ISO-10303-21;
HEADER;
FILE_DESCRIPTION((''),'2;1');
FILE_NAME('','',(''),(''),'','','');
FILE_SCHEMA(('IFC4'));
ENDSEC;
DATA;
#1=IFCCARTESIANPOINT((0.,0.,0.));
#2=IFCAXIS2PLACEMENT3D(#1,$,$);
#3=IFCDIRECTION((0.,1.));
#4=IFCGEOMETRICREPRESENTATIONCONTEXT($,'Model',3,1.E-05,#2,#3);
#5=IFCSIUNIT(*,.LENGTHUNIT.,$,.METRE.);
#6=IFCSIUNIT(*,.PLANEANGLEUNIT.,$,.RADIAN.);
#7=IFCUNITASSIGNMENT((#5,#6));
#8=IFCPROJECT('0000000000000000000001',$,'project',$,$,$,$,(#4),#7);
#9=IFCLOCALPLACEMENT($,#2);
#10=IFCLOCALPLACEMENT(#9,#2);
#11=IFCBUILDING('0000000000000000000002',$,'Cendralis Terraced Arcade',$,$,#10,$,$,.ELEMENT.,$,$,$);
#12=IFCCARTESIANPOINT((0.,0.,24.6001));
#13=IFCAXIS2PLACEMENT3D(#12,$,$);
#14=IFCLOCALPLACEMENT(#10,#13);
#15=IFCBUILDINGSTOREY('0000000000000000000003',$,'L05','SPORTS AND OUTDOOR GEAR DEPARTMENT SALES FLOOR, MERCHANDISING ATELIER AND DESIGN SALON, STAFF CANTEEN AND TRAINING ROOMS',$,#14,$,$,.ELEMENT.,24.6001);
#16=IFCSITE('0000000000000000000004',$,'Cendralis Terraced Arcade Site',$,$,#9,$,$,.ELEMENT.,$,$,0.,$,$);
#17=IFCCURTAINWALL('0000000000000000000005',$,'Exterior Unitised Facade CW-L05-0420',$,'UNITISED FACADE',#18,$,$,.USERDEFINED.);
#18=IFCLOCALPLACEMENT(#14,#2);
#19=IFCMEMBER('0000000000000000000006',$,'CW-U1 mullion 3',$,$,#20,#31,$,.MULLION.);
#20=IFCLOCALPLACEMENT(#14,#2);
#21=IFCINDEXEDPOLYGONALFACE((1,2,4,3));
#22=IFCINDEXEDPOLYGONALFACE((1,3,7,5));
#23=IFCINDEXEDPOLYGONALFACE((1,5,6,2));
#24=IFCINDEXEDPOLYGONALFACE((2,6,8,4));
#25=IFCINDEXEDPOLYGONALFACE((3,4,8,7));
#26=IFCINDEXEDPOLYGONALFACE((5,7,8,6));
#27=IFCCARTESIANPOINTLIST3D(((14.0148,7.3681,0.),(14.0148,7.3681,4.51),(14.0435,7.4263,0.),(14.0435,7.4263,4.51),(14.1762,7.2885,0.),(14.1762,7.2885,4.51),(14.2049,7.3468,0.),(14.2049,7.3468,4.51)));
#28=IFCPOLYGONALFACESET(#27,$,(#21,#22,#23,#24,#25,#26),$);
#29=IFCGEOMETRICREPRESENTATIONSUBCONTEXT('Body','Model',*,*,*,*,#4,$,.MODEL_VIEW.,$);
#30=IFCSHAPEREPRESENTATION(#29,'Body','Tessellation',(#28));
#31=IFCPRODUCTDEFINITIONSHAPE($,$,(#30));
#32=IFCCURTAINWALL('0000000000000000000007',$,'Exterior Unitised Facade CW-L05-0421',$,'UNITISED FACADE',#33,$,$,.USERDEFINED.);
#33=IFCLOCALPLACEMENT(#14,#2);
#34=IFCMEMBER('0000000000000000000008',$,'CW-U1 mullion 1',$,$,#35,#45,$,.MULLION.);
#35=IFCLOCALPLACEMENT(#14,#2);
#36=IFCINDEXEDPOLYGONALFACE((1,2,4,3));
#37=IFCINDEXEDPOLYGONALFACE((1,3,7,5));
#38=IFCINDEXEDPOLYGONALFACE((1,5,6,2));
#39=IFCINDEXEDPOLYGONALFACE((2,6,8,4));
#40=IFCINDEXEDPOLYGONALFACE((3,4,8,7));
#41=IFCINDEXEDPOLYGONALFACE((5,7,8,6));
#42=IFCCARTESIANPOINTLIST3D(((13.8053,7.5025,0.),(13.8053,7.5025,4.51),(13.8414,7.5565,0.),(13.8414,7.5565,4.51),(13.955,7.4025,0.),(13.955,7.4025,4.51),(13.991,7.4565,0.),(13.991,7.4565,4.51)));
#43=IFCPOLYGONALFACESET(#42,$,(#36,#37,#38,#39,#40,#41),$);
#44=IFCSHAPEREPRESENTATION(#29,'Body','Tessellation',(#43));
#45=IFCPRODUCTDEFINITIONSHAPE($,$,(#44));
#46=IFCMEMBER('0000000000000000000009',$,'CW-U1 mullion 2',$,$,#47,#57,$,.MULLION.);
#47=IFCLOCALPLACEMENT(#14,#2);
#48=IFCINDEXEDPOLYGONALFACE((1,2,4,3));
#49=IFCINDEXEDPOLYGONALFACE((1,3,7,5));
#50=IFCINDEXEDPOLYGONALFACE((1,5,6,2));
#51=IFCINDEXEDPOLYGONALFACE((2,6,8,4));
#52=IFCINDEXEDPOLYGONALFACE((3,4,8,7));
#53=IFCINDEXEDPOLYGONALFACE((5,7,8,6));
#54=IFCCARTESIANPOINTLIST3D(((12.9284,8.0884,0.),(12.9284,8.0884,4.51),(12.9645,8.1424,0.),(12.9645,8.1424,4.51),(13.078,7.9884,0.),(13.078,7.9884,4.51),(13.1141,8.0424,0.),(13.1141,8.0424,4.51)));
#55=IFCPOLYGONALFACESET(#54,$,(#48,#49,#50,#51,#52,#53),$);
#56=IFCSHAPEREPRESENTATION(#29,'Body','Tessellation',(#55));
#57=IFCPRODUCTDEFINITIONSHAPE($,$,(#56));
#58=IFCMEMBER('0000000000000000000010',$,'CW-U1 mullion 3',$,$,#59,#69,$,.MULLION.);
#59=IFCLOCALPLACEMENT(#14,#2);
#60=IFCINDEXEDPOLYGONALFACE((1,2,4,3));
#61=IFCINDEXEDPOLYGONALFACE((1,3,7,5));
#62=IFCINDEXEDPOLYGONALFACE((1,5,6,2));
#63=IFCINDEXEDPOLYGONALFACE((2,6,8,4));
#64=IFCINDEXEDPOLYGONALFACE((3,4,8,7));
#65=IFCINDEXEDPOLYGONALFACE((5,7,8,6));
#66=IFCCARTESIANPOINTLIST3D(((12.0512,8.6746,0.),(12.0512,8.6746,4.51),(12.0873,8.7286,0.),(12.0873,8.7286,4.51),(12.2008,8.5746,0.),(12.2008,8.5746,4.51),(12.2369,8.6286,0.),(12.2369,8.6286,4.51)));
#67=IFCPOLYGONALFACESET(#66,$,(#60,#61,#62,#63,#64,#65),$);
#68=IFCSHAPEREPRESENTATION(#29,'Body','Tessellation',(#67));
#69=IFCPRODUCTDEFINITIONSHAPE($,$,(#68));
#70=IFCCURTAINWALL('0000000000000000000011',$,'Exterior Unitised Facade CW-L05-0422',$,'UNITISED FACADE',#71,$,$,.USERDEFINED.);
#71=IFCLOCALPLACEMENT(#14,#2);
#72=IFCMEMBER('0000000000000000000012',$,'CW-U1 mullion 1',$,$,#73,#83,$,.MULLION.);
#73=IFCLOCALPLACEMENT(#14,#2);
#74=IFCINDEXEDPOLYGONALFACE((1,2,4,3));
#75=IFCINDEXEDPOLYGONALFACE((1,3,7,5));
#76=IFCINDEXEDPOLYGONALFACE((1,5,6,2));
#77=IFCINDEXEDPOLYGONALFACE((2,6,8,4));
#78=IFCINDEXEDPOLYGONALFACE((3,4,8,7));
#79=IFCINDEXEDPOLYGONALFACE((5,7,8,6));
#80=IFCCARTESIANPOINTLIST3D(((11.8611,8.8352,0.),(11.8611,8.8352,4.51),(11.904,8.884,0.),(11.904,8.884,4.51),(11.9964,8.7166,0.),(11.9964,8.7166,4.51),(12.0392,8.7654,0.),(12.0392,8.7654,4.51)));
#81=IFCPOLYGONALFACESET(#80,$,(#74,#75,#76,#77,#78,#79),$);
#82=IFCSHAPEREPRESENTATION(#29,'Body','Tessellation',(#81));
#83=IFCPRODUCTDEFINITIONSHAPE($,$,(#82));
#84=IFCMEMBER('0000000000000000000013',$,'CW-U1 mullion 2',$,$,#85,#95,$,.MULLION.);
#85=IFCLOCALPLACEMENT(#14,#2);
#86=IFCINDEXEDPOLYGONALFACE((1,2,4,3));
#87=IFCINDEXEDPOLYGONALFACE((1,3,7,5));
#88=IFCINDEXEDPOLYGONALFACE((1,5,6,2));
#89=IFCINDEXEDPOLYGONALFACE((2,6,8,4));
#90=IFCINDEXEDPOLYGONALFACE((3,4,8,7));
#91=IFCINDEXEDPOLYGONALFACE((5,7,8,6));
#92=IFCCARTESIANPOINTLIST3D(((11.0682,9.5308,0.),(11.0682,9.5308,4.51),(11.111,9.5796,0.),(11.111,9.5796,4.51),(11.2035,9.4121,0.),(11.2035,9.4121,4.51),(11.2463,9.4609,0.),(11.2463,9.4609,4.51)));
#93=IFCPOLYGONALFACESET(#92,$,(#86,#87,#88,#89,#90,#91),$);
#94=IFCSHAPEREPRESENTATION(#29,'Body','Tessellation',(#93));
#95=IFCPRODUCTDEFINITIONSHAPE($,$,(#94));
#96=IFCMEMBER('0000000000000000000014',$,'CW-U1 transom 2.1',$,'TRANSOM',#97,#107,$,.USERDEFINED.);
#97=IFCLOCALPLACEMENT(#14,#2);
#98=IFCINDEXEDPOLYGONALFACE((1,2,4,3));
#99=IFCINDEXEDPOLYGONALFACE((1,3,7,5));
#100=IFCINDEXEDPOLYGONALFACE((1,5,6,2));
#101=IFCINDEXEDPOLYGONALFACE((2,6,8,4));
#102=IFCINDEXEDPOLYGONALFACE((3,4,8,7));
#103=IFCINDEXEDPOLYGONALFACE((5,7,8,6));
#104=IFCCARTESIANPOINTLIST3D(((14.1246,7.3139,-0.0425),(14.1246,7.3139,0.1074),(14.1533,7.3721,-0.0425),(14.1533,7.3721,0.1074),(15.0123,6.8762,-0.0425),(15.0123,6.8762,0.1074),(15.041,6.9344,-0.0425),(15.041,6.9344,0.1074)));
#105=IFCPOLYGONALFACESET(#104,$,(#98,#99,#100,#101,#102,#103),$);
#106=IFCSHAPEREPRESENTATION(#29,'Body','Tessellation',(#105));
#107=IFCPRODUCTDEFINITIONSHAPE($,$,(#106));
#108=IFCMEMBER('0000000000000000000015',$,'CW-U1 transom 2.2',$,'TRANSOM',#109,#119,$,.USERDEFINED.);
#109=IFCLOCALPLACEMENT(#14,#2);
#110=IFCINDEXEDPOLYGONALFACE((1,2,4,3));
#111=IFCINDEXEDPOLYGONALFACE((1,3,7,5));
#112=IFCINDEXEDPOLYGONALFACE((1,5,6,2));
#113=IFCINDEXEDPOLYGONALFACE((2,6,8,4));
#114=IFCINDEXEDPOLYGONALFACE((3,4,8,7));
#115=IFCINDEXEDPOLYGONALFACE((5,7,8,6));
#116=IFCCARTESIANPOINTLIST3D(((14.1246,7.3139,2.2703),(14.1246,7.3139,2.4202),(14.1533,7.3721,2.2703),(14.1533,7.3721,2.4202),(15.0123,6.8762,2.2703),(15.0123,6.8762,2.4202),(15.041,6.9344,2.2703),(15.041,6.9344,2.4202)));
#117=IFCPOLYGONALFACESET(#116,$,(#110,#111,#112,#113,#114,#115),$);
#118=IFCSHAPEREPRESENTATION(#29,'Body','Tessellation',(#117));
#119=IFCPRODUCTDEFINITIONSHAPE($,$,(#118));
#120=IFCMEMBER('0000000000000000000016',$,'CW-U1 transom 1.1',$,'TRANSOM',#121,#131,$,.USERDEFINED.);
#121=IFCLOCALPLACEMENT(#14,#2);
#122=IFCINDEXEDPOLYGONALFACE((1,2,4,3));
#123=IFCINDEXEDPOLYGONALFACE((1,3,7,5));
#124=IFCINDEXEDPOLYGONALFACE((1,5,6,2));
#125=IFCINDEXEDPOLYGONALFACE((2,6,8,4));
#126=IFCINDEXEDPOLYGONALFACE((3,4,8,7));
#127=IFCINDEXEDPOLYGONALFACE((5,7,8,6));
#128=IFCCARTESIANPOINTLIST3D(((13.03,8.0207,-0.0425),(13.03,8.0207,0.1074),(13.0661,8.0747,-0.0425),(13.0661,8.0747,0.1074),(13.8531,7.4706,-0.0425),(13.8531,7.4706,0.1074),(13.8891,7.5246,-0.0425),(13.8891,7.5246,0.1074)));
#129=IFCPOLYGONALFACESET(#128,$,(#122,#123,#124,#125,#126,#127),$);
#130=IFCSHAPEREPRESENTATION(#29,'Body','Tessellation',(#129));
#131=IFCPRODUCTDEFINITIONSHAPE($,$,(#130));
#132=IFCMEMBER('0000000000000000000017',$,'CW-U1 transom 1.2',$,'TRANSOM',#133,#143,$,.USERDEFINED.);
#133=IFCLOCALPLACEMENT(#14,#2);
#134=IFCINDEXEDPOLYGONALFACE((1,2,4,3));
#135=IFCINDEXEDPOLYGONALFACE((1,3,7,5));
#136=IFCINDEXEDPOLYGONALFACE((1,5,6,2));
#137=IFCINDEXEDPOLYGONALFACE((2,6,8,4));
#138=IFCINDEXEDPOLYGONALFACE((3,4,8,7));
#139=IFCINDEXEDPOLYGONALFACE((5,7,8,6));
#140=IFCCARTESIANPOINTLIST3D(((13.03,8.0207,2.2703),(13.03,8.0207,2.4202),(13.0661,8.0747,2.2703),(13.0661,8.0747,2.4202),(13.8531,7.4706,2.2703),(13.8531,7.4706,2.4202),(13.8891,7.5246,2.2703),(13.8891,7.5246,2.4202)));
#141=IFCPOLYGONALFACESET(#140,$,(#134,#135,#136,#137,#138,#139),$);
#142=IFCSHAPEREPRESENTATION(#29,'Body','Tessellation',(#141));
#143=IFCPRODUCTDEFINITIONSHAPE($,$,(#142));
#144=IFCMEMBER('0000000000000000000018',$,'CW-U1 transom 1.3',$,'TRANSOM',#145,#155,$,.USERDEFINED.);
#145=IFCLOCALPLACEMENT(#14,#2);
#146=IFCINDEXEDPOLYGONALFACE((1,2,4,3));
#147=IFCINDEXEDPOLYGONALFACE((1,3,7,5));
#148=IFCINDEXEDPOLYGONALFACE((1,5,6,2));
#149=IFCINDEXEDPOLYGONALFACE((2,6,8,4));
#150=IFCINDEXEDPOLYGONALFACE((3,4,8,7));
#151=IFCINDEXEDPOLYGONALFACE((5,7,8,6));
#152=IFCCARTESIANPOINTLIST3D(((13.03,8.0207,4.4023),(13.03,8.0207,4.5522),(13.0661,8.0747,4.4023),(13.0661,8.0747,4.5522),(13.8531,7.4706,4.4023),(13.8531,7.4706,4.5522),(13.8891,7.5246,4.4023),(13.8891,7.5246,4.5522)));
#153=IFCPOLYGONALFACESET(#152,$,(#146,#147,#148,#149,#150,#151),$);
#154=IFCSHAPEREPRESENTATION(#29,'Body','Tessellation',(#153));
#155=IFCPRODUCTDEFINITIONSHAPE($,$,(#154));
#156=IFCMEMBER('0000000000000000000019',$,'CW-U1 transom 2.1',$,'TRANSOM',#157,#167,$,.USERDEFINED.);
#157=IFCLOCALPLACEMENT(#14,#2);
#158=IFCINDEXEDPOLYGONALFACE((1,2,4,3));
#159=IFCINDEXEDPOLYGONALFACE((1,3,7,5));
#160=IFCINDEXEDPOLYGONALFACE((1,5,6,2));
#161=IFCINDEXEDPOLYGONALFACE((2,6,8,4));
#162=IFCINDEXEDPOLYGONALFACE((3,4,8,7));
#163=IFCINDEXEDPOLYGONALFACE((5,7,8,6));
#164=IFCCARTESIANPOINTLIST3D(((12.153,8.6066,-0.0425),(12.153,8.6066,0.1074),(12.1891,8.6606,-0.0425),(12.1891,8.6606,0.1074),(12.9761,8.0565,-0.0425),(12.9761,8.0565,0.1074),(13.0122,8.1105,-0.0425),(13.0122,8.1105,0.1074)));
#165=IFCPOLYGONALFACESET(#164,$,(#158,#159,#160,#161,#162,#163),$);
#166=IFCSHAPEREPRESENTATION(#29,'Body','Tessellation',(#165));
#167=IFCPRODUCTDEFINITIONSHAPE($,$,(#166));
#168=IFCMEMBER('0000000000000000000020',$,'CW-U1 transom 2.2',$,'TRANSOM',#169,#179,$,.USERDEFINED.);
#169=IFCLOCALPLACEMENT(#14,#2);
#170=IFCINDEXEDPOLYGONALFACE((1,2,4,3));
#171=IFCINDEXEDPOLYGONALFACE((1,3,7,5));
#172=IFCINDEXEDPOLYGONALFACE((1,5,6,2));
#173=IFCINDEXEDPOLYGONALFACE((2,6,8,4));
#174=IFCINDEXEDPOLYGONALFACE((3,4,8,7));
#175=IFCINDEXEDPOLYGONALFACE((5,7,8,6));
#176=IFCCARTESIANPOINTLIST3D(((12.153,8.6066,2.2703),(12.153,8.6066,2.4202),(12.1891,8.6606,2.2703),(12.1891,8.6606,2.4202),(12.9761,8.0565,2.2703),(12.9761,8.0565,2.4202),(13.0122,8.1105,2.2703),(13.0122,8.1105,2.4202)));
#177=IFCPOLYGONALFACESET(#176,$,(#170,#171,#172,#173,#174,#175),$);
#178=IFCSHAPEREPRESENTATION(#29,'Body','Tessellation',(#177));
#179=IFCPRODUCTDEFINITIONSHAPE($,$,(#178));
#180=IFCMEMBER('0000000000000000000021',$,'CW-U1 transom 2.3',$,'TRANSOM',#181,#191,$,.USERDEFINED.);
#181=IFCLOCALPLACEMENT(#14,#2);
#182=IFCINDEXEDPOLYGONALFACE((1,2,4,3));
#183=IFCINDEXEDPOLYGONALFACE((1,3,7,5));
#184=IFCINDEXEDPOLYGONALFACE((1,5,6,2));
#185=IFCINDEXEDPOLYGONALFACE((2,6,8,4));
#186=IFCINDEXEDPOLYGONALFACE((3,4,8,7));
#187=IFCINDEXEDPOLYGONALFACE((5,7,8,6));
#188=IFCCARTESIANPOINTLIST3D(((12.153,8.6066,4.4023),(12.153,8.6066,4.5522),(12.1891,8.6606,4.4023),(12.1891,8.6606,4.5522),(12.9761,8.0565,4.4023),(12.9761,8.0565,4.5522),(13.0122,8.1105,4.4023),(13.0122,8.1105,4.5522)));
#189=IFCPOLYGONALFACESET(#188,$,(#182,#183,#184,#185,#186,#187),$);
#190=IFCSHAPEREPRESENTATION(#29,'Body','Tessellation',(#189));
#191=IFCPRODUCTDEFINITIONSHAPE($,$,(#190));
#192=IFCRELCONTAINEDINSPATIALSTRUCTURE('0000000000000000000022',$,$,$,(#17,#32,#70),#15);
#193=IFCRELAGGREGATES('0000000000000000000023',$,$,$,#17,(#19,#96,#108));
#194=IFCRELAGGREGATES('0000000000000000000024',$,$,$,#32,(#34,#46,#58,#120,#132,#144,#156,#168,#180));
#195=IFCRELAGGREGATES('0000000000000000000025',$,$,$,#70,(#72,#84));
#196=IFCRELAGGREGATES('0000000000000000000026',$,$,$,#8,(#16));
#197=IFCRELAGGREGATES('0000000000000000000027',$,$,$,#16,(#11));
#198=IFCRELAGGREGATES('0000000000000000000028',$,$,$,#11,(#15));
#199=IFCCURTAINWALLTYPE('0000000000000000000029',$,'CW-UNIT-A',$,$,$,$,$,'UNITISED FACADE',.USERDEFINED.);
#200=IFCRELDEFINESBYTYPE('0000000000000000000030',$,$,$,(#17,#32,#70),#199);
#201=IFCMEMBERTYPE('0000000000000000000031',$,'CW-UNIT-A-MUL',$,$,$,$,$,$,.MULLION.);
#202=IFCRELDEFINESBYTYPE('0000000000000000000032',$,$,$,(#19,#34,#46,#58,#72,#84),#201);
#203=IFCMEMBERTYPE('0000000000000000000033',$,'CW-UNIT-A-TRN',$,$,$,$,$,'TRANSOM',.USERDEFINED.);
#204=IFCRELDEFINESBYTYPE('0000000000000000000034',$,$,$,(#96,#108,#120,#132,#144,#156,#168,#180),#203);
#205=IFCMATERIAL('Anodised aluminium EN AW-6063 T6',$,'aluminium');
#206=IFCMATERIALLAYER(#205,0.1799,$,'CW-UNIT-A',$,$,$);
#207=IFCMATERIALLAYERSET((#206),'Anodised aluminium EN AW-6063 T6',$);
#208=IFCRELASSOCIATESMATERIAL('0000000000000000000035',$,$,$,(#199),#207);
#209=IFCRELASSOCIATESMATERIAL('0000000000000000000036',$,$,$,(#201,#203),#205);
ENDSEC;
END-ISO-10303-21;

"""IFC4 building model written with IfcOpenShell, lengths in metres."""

from ifc_helpers import new_model, si_unit, direction, frame, origin, origin_2d, place, context, subcontext, project, spatial, rectangle, extrude, material, layer, layer_set, material_profile, profile_set, type_object, element, aggregate, save


model = new_model("IFC4")

# Units and contexts
model_context = context("Model", 3, precision=1e-05, world=origin(), true_north=direction((0.0, 1.0)))
body_context = subcontext(model_context, "Body", "Model", "MODEL_VIEW")
ifc_project = project(units=[si_unit("LENGTHUNIT", "METRE"), si_unit("PLANEANGLEUNIT", "RADIAN")], contexts=[model_context])

# Site, building, storey
site_placement = place(None, origin())
site = spatial("IfcSite", under=ifc_project, at=site_placement, Name="Cendralis Terraced Arcade Site", CompositionType="ELEMENT", RefElevation=0.0)
building_placement = place(site_placement, origin())
building = spatial("IfcBuilding", under=site, at=building_placement, Name="Cendralis Terraced Arcade", CompositionType="ELEMENT")
storey_placement = place(building_placement, frame((0.0, 0.0, 24.6001)))
storey = spatial("IfcBuildingStorey", under=building, at=storey_placement, Name="L05", Description="SPORTS AND OUTDOOR GEAR DEPARTMENT SALES FLOOR, MERCHANDISING ATELIER AND DESIGN SALON, STAFF CANTEEN AND TRAINING ROOMS", CompositionType="ELEMENT", Elevation=24.6001)

# Curtain wall, member
ifc_material_1 = material(Name="Anodised aluminium EN AW-6063 T6", Category="aluminium")
ifc_layer_1 = layer(ifc_material_1, 0.1799, Name="CW-UNIT-A")
ifc_layer_set_1 = layer_set([ifc_layer_1], Name="Anodised aluminium EN AW-6063 T6")
curtain_wall_type = type_object("IfcCurtainWallType", Name="CW-UNIT-A", ElementType="UNITISED FACADE", PredefinedType="USERDEFINED", material=ifc_layer_set_1)
curtain_wall_1_placement = place(storey_placement, origin())
curtain_wall_1 = element("IfcCurtainWall", 1, at=curtain_wall_1_placement, inside=storey, type_object=curtain_wall_type, Name="Exterior Unitised Facade CW-L05-0420", ObjectType="UNITISED FACADE", PredefinedType="USERDEFINED")
ifc_material_profile_1 = material_profile(ifc_material_1, rectangle(XDim=0.0649, YDim=0.1799, at=origin_2d()), Name="ALU-MUL-65x180")
ifc_profile_set_1 = profile_set([ifc_material_profile_1], Name="Anodised aluminium EN AW-6063 T6")
member_type_1 = type_object("IfcMemberType", Name="CW-UNIT-A-MUL", PredefinedType="MULLION", material=ifc_profile_set_1)
member_1_placement = place(storey_placement, frame((14.1099, 7.3574, 0.0), z_axis=(0.0, 0.0, 1.0), x_axis=(-0.442259, -0.896888, 0.0)))
member_1 = element("IfcMember", 2, at=member_1_placement, type_object=member_type_1, Name="CW-U1 mullion 3", PredefinedType="MULLION", context=body_context, shape_type="SweptSolid", body=[
    extrude(rectangle(XDim=0.0649, YDim=0.1799, at=origin_2d()), origin(), (0.0, 0.0, 1.0), 4.51),
])

# Curtain walls, members
curtain_wall_2_placement = place(storey_placement, origin())
curtain_wall_2 = element("IfcCurtainWall", 3, at=curtain_wall_2_placement, inside=storey, type_object=curtain_wall_type, Name="Exterior Unitised Facade CW-L05-0421", ObjectType="UNITISED FACADE", PredefinedType="USERDEFINED")
member_2_placement = place(storey_placement, frame((13.8982, 7.4795, 0.0), z_axis=(0.0, 0.0, 1.0), x_axis=(-0.555559, -0.831477, 0.0)))
member_2 = element("IfcMember", 4, at=member_2_placement, type_object=member_type_1, Name="CW-U1 mullion 1", PredefinedType="MULLION", context=body_context, shape_type="SweptSolid", body=[
    extrude(rectangle(XDim=0.0649, YDim=0.1799, at=origin_2d()), origin(), (0.0, 0.0, 1.0), 4.51),
])
member_3_placement = place(storey_placement, frame((13.0212, 8.0654, 0.0), z_axis=(0.0, 0.0, 1.0), x_axis=(-0.555559, -0.831477, 0.0)))
member_3 = element("IfcMember", 5, at=member_3_placement, type_object=member_type_1, Name="CW-U1 mullion 2", PredefinedType="MULLION", context=body_context, shape_type="SweptSolid", body=[
    extrude(rectangle(XDim=0.0649, YDim=0.1799, at=origin_2d()), origin(), (0.0, 0.0, 1.0), 4.51),
])
member_4_placement = place(storey_placement, frame((12.144, 8.6516, 0.0), z_axis=(0.0, 0.0, 1.0), x_axis=(-0.555559, -0.831477, 0.0)))
member_4 = element("IfcMember", 6, at=member_4_placement, type_object=member_type_1, Name="CW-U1 mullion 3", PredefinedType="MULLION", context=body_context, shape_type="SweptSolid", body=[
    extrude(rectangle(XDim=0.0649, YDim=0.1799, at=origin_2d()), origin(), (0.0, 0.0, 1.0), 4.51),
])
curtain_wall_3_placement = place(storey_placement, origin())
curtain_wall_3 = element("IfcCurtainWall", 7, at=curtain_wall_3_placement, inside=storey, type_object=curtain_wall_type, Name="Exterior Unitised Facade CW-L05-0422", ObjectType="UNITISED FACADE", PredefinedType="USERDEFINED")
member_5_placement = place(storey_placement, frame((11.9502, 8.8003, 0.0), z_axis=(0.0, 0.0, 1.0), x_axis=(-0.659403, -0.75179, 0.0)))
member_5 = element("IfcMember", 8, at=member_5_placement, type_object=member_type_1, Name="CW-U1 mullion 1", PredefinedType="MULLION", context=body_context, shape_type="SweptSolid", body=[
    extrude(rectangle(XDim=0.0649, YDim=0.1799, at=origin_2d()), origin(), (0.0, 0.0, 1.0), 4.51),
])
member_6_placement = place(storey_placement, frame((11.1572, 9.4958, 0.0), z_axis=(0.0, 0.0, 1.0), x_axis=(-0.659403, -0.75179, 0.0)))
member_6 = element("IfcMember", 9, at=member_6_placement, type_object=member_type_1, Name="CW-U1 mullion 2", PredefinedType="MULLION", context=body_context, shape_type="SweptSolid", body=[
    extrude(rectangle(XDim=0.0649, YDim=0.1799, at=origin_2d()), origin(), (0.0, 0.0, 1.0), 4.51),
])

# Members
ifc_material_profile_2 = material_profile(ifc_material_1, rectangle(XDim=0.0649, YDim=0.1499, at=origin_2d()), Name="ALU-TRN-65x150")
ifc_profile_set_2 = profile_set([ifc_material_profile_2], Name="Anodised aluminium EN AW-6063 T6")
member_type_2 = type_object("IfcMemberType", Name="CW-UNIT-A-TRN", ElementType="TRANSOM", PredefinedType="USERDEFINED", material=ifc_profile_set_2)
member_7_placement = place(storey_placement, frame((15.0266, 6.9053, 0.0325), z_axis=(-0.89688, 0.442273, 0.0), x_axis=(-0.442273, -0.89688, 0.0)))
member_7 = element("IfcMember", 10, at=member_7_placement, type_object=member_type_2, Name="CW-U1 transom 2.1", ObjectType="TRANSOM", PredefinedType="USERDEFINED", context=body_context, shape_type="SweptSolid", body=[
    extrude(rectangle(XDim=0.0649, YDim=0.1499, at=origin_2d()), origin(), (0.0, 0.0, 1.0), 0.9897),
])
member_8_placement = place(storey_placement, frame((15.0266, 6.9053, 2.3452), z_axis=(-0.89688, 0.442273, 0.0), x_axis=(-0.442273, -0.89688, 0.0)))
member_8 = element("IfcMember", 11, at=member_8_placement, type_object=member_type_2, Name="CW-U1 transom 2.2", ObjectType="TRANSOM", PredefinedType="USERDEFINED", context=body_context, shape_type="SweptSolid", body=[
    extrude(rectangle(XDim=0.0649, YDim=0.1499, at=origin_2d()), origin(), (0.0, 0.0, 1.0), 0.9897),
])
member_9_placement = place(storey_placement, frame((13.8711, 7.4976, 0.0325), z_axis=(-0.831405, 0.555667, 0.0), x_axis=(-0.555667, -0.831405, 0.0)))
member_9 = element("IfcMember", 12, at=member_9_placement, type_object=member_type_2, Name="CW-U1 transom 1.1", ObjectType="TRANSOM", PredefinedType="USERDEFINED", context=body_context, shape_type="SweptSolid", body=[
    extrude(rectangle(XDim=0.0649, YDim=0.1499, at=origin_2d()), origin(), (0.0, 0.0, 1.0), 0.99),
])
member_10_placement = place(storey_placement, frame((13.8711, 7.4976, 2.3452), z_axis=(-0.831405, 0.555667, 0.0), x_axis=(-0.555667, -0.831405, 0.0)))
member_10 = element("IfcMember", 13, at=member_10_placement, type_object=member_type_2, Name="CW-U1 transom 1.2", ObjectType="TRANSOM", PredefinedType="USERDEFINED", context=body_context, shape_type="SweptSolid", body=[
    extrude(rectangle(XDim=0.0649, YDim=0.1499, at=origin_2d()), origin(), (0.0, 0.0, 1.0), 0.99),
])
member_11_placement = place(storey_placement, frame((13.8711, 7.4976, 4.4773), z_axis=(-0.831405, 0.555667, 0.0), x_axis=(-0.555667, -0.831405, 0.0)))
member_11 = element("IfcMember", 14, at=member_11_placement, type_object=member_type_2, Name="CW-U1 transom 1.3", ObjectType="TRANSOM", PredefinedType="USERDEFINED", context=body_context, shape_type="SweptSolid", body=[
    extrude(rectangle(XDim=0.0649, YDim=0.1499, at=origin_2d()), origin(), (0.0, 0.0, 1.0), 0.99),
])
member_12_placement = place(storey_placement, frame((12.9941, 8.0835, 0.0325), z_axis=(-0.831405, 0.555667, 0.0), x_axis=(-0.555667, -0.831405, 0.0)))
member_12 = element("IfcMember", 15, at=member_12_placement, type_object=member_type_2, Name="CW-U1 transom 2.1", ObjectType="TRANSOM", PredefinedType="USERDEFINED", context=body_context, shape_type="SweptSolid", body=[
    extrude(rectangle(XDim=0.0649, YDim=0.1499, at=origin_2d()), origin(), (0.0, 0.0, 1.0), 0.99),
])
member_13_placement = place(storey_placement, frame((12.9941, 8.0835, 2.3452), z_axis=(-0.831405, 0.555667, 0.0), x_axis=(-0.555667, -0.831405, 0.0)))
member_13 = element("IfcMember", 16, at=member_13_placement, type_object=member_type_2, Name="CW-U1 transom 2.2", ObjectType="TRANSOM", PredefinedType="USERDEFINED", context=body_context, shape_type="SweptSolid", body=[
    extrude(rectangle(XDim=0.0649, YDim=0.1499, at=origin_2d()), origin(), (0.0, 0.0, 1.0), 0.99),
])
member_14_placement = place(storey_placement, frame((12.9941, 8.0835, 4.4773), z_axis=(-0.831405, 0.555667, 0.0), x_axis=(-0.555667, -0.831405, 0.0)))
member_14 = element("IfcMember", 17, at=member_14_placement, type_object=member_type_2, Name="CW-U1 transom 2.3", ObjectType="TRANSOM", PredefinedType="USERDEFINED", context=body_context, shape_type="SweptSolid", body=[
    extrude(rectangle(XDim=0.0649, YDim=0.1499, at=origin_2d()), origin(), (0.0, 0.0, 1.0), 0.99),
])

aggregate(curtain_wall_1, [member_1, member_7, member_8])
aggregate(curtain_wall_2, [member_2, member_3, member_4, member_9, member_10, member_11, member_12, member_13, member_14])
aggregate(curtain_wall_3, [member_5, member_6])

save(model, "model.ifc")
